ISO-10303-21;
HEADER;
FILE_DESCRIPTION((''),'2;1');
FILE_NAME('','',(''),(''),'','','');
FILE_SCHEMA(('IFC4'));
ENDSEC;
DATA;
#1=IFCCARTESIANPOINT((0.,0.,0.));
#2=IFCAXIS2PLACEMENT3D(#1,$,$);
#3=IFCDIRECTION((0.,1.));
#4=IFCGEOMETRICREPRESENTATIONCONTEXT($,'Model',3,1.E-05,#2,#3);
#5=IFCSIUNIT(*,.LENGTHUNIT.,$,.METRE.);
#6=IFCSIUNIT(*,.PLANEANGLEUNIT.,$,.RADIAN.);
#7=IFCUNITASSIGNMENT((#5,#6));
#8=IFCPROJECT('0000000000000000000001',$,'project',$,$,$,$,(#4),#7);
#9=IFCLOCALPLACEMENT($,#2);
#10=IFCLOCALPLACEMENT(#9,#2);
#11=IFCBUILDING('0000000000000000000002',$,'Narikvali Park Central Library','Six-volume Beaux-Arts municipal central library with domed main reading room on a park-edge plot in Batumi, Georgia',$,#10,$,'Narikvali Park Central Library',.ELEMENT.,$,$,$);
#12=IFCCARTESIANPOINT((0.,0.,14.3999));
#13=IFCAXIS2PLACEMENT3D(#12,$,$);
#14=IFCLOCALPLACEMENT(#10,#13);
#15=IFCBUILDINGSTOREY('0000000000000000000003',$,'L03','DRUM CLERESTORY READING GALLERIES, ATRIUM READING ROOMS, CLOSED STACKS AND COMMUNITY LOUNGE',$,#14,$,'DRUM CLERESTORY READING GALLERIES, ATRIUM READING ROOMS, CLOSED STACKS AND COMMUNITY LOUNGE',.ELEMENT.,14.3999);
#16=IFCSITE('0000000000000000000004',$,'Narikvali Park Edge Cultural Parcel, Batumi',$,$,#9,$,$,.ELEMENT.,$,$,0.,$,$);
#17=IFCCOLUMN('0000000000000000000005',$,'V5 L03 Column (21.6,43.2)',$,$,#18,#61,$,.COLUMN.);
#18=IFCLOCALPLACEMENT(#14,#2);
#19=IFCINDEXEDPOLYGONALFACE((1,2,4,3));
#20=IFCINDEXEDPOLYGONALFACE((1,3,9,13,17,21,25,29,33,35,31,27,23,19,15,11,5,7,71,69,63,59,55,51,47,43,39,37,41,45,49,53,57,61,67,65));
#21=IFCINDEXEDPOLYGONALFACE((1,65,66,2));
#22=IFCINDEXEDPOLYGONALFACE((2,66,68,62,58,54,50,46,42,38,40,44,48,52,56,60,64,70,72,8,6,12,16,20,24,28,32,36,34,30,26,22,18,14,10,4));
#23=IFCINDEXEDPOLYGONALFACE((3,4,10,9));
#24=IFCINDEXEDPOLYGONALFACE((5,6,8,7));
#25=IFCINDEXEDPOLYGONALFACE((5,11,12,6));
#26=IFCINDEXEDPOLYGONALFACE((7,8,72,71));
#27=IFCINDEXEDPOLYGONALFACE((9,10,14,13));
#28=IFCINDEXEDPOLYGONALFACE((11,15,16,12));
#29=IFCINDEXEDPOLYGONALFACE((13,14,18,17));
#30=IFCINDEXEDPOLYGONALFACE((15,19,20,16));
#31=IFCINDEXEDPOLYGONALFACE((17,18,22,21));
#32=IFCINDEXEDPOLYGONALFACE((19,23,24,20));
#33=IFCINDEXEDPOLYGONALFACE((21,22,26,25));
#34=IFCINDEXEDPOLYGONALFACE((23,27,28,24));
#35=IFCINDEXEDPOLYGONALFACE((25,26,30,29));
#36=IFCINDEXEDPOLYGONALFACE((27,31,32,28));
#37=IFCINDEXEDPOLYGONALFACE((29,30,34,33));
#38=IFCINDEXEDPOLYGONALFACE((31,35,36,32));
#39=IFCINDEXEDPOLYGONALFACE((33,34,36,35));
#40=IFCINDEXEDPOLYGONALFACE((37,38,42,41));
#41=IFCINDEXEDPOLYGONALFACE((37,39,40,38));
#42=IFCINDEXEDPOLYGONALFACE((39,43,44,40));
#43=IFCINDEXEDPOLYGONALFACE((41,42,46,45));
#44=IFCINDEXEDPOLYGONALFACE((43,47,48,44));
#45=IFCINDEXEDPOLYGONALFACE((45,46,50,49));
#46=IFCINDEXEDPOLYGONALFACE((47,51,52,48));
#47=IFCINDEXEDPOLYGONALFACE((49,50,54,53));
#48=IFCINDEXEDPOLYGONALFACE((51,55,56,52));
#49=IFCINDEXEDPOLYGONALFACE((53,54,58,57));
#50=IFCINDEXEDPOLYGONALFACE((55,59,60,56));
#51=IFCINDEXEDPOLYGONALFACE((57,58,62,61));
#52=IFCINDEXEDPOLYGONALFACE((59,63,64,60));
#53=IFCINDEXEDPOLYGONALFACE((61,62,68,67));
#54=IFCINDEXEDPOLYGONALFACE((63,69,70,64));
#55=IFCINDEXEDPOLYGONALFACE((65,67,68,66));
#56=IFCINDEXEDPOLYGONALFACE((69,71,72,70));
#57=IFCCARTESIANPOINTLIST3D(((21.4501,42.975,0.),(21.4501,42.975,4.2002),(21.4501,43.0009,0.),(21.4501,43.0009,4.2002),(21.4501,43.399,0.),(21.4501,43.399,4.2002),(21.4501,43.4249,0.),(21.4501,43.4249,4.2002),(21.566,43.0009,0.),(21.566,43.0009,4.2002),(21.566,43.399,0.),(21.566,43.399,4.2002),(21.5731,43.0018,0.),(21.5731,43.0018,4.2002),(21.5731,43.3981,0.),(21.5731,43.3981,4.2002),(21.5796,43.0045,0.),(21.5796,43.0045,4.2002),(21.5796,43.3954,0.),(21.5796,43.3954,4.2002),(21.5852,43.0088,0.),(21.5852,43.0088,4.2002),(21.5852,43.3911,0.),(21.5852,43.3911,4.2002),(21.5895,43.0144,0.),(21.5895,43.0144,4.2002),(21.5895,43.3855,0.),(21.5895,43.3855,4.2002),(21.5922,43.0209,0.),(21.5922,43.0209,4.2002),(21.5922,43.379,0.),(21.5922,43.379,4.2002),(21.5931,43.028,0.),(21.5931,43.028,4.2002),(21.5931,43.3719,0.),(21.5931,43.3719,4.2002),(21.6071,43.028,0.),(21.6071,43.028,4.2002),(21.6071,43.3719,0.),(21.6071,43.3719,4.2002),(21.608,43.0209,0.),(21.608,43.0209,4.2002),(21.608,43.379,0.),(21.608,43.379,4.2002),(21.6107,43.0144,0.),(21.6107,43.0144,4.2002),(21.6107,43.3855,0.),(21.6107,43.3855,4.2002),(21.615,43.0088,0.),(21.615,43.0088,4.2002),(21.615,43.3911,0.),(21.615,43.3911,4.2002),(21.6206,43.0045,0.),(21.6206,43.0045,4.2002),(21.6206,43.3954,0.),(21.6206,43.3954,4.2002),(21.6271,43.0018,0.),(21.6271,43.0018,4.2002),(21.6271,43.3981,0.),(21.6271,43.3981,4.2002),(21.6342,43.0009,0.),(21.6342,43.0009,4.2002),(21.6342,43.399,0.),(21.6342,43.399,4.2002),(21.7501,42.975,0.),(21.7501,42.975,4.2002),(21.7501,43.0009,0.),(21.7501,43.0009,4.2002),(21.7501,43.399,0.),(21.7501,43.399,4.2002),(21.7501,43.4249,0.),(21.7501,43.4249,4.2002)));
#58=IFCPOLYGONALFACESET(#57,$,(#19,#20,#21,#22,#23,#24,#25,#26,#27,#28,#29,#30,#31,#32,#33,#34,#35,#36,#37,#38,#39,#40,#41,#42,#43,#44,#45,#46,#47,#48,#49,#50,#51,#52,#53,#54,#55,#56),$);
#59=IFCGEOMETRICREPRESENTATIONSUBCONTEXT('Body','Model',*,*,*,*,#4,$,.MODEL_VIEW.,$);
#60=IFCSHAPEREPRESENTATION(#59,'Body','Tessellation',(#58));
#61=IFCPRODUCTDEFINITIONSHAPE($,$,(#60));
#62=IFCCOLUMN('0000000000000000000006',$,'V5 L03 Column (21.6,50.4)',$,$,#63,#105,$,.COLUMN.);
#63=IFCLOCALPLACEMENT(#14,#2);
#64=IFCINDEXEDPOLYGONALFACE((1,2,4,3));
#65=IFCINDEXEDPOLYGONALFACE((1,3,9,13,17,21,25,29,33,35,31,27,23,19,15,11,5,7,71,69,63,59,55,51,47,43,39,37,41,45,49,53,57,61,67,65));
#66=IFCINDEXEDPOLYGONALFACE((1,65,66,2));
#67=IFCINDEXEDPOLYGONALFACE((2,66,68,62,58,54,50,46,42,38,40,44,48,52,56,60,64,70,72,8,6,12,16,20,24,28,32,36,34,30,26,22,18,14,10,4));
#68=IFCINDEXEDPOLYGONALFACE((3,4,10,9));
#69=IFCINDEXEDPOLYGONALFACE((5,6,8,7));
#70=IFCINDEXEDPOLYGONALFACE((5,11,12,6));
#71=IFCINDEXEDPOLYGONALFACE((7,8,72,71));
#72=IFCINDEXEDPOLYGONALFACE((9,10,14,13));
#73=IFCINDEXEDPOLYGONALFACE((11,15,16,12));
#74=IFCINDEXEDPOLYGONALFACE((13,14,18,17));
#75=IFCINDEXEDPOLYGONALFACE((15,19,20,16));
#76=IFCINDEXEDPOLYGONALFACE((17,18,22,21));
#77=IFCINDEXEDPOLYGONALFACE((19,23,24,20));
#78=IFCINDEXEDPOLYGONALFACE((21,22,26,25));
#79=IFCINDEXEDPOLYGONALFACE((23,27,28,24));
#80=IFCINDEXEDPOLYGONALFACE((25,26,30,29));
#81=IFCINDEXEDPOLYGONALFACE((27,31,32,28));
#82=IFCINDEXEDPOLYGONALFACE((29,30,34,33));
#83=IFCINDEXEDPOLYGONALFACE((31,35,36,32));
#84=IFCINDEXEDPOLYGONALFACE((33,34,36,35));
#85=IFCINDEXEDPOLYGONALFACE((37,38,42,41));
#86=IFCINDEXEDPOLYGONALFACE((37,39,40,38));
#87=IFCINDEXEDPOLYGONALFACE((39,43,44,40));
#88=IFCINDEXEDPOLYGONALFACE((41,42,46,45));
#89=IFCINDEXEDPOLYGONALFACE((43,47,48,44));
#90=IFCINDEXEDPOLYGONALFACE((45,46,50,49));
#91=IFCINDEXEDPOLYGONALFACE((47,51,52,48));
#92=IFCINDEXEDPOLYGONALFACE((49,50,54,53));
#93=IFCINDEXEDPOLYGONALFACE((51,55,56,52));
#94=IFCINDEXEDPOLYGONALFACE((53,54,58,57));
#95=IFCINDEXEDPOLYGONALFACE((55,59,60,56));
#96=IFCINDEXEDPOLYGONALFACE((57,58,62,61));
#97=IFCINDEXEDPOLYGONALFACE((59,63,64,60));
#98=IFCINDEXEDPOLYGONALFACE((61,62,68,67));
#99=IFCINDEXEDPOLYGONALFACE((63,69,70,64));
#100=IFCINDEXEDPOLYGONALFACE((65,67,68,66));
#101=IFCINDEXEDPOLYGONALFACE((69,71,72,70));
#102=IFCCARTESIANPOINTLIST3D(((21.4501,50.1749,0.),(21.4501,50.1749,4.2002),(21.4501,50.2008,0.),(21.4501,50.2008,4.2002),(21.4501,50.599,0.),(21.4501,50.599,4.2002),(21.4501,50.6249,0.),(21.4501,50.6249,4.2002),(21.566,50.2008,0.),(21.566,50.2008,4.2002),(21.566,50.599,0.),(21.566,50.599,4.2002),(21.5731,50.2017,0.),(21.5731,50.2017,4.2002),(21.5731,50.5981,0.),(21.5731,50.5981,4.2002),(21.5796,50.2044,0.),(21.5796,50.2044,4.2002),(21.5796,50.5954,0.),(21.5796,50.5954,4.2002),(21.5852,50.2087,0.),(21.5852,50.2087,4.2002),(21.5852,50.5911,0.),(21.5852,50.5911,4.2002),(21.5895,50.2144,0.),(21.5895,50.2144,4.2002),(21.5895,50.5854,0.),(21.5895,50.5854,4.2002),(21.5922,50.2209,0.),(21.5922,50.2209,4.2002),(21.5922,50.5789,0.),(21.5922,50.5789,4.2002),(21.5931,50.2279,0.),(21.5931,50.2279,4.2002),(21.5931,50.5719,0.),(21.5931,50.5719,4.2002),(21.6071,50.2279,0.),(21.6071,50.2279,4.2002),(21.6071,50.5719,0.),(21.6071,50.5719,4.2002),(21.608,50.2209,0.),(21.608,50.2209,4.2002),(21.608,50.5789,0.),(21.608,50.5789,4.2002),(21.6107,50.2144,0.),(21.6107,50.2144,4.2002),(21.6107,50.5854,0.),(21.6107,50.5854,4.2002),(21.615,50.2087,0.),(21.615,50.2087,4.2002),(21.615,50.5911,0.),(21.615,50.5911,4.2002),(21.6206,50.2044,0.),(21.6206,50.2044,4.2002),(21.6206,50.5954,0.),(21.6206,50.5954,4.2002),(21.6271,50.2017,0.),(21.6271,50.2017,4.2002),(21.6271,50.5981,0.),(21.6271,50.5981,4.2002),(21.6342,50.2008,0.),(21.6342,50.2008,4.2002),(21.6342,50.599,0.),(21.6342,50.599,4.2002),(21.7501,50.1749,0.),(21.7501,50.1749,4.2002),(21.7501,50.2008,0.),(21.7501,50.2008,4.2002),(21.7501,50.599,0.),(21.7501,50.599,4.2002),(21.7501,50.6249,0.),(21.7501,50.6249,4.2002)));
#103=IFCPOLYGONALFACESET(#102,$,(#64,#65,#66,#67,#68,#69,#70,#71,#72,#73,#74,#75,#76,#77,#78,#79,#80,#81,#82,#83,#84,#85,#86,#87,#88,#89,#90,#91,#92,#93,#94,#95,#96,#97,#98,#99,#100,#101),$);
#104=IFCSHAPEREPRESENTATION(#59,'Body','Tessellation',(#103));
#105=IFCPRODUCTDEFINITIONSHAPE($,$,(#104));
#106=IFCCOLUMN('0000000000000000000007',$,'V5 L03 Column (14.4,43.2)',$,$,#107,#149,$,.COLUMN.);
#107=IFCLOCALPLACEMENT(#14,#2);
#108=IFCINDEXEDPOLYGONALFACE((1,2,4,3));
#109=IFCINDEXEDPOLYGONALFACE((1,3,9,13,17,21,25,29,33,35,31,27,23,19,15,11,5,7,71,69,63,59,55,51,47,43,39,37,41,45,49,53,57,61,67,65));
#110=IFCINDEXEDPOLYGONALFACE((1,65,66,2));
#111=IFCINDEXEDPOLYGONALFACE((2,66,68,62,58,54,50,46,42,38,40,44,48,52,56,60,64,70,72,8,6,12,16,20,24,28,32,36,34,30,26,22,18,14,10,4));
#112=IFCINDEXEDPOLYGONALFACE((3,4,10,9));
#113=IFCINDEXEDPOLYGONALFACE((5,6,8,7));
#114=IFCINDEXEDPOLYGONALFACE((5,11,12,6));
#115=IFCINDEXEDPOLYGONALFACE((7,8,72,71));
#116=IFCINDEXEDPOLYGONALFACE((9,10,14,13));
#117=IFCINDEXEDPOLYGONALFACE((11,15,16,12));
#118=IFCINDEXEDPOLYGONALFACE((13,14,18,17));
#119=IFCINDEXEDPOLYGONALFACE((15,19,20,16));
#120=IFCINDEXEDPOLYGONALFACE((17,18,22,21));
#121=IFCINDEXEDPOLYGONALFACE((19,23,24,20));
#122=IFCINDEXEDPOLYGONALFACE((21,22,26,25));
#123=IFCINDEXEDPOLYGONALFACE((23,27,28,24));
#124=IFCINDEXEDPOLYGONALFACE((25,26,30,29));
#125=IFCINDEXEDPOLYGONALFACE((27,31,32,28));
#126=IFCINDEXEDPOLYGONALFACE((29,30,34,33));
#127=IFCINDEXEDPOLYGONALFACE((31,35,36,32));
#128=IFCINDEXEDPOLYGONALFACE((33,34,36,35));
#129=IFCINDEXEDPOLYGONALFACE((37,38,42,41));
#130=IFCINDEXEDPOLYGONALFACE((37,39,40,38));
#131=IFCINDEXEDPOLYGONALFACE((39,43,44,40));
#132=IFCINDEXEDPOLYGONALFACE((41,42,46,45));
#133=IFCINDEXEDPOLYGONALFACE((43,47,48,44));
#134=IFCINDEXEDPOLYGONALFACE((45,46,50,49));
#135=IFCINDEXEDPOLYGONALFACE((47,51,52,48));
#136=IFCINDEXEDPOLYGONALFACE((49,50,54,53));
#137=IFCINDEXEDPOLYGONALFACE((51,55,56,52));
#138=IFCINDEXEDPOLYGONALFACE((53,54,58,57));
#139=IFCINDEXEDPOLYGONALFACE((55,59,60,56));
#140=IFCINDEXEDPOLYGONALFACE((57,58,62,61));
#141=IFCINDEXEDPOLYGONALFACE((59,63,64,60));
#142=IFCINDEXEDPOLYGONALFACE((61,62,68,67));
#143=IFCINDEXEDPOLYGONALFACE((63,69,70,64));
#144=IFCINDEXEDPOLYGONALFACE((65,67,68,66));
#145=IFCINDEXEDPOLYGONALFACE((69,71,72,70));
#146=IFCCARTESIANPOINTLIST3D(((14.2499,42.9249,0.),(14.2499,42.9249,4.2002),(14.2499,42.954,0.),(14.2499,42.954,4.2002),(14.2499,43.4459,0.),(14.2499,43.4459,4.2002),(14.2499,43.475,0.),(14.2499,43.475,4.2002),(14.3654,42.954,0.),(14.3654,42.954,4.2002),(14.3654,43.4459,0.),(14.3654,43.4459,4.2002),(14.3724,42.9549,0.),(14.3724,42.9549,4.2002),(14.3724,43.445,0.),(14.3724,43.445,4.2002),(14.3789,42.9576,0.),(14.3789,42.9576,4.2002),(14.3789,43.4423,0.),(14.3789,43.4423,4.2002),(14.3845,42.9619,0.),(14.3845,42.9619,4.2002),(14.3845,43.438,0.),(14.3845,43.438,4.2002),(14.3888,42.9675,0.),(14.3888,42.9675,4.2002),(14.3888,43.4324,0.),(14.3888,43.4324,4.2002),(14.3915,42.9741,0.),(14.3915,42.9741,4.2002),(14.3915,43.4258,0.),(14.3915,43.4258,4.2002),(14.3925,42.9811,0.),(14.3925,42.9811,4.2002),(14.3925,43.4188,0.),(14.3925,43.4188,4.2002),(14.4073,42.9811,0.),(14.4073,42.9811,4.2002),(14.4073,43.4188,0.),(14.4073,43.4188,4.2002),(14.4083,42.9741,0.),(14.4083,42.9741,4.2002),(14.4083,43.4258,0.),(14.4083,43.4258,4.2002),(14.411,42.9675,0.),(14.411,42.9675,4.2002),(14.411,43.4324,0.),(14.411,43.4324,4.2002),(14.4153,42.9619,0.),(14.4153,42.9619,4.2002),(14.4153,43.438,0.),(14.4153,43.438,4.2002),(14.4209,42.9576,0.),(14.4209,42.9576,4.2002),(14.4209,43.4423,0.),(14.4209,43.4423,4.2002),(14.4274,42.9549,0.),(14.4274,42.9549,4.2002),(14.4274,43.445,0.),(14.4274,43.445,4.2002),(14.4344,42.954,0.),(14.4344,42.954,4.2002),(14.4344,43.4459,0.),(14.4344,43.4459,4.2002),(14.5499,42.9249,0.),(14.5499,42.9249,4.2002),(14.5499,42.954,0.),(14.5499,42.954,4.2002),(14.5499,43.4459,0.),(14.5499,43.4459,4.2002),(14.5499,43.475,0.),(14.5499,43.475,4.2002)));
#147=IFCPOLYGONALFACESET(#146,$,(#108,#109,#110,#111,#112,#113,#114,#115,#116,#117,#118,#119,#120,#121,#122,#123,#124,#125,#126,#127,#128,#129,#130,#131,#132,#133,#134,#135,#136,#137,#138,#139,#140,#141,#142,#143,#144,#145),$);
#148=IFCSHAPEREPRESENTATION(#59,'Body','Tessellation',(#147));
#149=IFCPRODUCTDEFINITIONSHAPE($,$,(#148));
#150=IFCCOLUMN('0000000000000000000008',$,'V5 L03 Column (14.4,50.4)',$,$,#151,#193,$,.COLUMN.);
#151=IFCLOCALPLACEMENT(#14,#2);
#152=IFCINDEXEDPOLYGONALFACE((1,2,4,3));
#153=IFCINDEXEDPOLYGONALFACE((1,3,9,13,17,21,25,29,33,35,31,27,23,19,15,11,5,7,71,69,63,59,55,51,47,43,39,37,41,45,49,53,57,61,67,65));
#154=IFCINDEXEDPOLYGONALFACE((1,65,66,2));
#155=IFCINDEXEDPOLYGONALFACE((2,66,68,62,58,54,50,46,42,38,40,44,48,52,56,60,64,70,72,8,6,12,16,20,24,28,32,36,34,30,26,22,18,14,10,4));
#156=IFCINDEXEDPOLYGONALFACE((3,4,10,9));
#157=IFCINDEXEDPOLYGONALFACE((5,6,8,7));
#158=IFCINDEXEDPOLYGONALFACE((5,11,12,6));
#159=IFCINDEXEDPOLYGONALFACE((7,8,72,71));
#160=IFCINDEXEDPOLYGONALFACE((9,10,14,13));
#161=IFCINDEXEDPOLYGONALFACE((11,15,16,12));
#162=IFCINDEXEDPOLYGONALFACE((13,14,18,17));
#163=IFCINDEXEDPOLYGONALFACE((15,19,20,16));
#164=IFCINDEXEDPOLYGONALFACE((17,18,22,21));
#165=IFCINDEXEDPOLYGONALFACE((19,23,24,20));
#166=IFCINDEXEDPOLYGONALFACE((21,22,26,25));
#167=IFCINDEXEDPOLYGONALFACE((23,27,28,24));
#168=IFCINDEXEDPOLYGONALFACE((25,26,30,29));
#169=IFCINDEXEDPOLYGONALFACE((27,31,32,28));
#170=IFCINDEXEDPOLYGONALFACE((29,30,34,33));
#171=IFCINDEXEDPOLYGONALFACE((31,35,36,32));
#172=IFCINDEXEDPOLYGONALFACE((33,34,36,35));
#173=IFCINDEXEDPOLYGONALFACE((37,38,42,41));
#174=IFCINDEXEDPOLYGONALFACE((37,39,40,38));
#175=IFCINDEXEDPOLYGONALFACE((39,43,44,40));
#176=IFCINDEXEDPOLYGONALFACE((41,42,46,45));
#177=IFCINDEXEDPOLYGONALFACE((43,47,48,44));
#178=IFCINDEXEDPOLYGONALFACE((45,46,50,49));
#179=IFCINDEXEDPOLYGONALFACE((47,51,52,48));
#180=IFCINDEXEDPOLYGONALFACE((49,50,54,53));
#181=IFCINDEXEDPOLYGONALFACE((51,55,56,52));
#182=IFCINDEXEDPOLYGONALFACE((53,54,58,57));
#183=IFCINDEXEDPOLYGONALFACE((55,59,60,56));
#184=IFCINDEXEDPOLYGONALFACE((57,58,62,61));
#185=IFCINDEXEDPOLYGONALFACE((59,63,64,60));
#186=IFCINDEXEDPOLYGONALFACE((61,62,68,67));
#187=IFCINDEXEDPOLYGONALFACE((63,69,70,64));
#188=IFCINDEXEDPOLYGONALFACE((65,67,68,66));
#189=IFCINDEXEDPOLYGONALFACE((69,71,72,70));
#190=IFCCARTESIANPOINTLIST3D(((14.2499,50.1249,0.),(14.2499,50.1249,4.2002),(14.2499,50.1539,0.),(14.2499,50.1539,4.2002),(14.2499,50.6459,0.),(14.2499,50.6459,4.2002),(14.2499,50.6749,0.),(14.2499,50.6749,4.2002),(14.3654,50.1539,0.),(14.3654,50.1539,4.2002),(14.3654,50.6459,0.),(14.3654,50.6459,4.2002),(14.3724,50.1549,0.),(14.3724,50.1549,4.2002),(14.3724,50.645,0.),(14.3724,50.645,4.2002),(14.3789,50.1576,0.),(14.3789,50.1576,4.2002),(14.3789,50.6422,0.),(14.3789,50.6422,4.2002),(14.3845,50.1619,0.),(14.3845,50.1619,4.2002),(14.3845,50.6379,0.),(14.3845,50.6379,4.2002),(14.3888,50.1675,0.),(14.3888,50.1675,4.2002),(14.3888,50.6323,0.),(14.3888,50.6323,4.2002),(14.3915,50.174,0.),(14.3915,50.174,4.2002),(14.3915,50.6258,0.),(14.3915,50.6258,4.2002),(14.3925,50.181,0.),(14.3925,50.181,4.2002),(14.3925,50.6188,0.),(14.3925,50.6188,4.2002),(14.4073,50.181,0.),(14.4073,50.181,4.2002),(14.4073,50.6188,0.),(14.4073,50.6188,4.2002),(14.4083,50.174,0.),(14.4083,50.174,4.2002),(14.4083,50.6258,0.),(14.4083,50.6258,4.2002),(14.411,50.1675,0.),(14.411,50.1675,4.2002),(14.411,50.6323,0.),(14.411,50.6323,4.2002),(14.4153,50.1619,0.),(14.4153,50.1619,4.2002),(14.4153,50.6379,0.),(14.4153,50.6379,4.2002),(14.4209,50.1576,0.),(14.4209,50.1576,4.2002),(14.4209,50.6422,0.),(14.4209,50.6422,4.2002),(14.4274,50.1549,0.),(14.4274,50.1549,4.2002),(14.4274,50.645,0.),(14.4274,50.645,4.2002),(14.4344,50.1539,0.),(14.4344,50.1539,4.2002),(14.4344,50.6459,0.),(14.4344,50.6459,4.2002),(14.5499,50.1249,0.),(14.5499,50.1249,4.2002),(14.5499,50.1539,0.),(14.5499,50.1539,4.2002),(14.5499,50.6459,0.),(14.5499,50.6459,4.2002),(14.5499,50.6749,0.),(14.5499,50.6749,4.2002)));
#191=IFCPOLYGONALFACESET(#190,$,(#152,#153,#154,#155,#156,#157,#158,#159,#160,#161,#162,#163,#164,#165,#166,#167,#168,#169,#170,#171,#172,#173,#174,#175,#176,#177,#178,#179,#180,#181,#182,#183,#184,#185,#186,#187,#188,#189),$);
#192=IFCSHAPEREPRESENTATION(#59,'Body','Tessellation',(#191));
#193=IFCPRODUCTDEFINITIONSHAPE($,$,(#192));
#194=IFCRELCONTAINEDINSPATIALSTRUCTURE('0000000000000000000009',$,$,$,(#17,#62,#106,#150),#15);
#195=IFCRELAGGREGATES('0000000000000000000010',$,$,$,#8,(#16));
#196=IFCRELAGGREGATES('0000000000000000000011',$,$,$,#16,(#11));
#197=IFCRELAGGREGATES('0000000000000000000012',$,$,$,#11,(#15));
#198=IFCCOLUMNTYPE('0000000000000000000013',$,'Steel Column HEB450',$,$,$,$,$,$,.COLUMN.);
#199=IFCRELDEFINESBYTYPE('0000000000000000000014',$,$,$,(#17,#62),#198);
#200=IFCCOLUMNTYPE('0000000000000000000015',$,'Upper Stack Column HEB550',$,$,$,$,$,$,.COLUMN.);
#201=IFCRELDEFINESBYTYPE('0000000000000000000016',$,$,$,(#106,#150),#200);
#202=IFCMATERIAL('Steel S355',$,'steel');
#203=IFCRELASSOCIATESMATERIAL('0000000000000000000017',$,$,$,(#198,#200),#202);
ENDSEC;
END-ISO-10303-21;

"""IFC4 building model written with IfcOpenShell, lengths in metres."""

from ifc_helpers import new_model, si_unit, direction, frame, origin, origin_2d, place, context, subcontext, project, spatial, i_section, extrude, material, material_profile, profile_set, type_object, element, save


model = new_model("IFC4")

# Units and contexts
model_context = context("Model", 3, precision=1e-05, world=origin(), true_north=direction((0.0, 1.0)))
body_context = subcontext(model_context, "Body", "Model", "MODEL_VIEW")
ifc_project = project(units=[si_unit("LENGTHUNIT", "METRE"), si_unit("PLANEANGLEUNIT", "RADIAN")], contexts=[model_context])

# Site, building, storey
site_placement = place(None, origin())
site = spatial("IfcSite", under=ifc_project, at=site_placement, Name="Narikvali Park Edge Cultural Parcel, Batumi", CompositionType="ELEMENT", RefElevation=0.0)
building_placement = place(site_placement, origin())
building = spatial("IfcBuilding", under=site, at=building_placement, Name="Narikvali Park Central Library", Description="Six-volume Beaux-Arts municipal central library with domed main reading room on a park-edge plot in Batumi, Georgia", LongName="Narikvali Park Central Library", CompositionType="ELEMENT")
storey_placement = place(building_placement, frame((0.0, 0.0, 14.3999)))
storey = spatial("IfcBuildingStorey", under=building, at=storey_placement, Name="L03", Description="DRUM CLERESTORY READING GALLERIES, ATRIUM READING ROOMS, CLOSED STACKS AND COMMUNITY LOUNGE", LongName="DRUM CLERESTORY READING GALLERIES, ATRIUM READING ROOMS, CLOSED STACKS AND COMMUNITY LOUNGE", CompositionType="ELEMENT", Elevation=14.3999)

# Columns
ifc_material_1 = material(Name="Steel S355", Category="steel")
ifc_material_profile_1 = material_profile(ifc_material_1, i_section(OverallWidth=0.3, OverallDepth=0.45, WebThickness=0.0139, FlangeThickness=0.0259, FilletRadius=0.0271, at=origin_2d()), Name="HEB 450")
ifc_profile_set_1 = profile_set([ifc_material_profile_1], Name="Steel S355")
column_type_1 = type_object("IfcColumnType", Name="Steel Column HEB450", PredefinedType="COLUMN", material=ifc_profile_set_1)
for number, where, z_axis, x_axis, name in (
    (1, (21.6001, 43.2, 0.0), (0.0, 0.0, 1.0), (1.0, 0.0, 0.0), "V5 L03 Column (21.6,43.2)"),
    (2, (21.6001, 50.3999, 0.0), (0.0, 0.0, 1.0), (1.0, 0.0, 0.0), "V5 L03 Column (21.6,50.4)"),
):
    element("IfcColumn", number, at=place(storey_placement, frame(where, z_axis=z_axis, x_axis=x_axis)), inside=storey, type_object=column_type_1, Name=name, PredefinedType="COLUMN", context=body_context, shape_type="SweptSolid", body=[
        extrude(i_section(OverallWidth=0.3, OverallDepth=0.45, WebThickness=0.0139, FlangeThickness=0.0259, FilletRadius=0.0271, at=origin_2d()), origin(), (0.0, 0.0, 1.0), 4.2002),
    ])
ifc_material_profile_2 = material_profile(ifc_material_1, i_section(OverallWidth=0.3, OverallDepth=0.55, WebThickness=0.0149, FlangeThickness=0.0291, FilletRadius=0.0271, at=origin_2d()), Name="HEB 550")
ifc_profile_set_2 = profile_set([ifc_material_profile_2], Name="Steel S355")
column_type_2 = type_object("IfcColumnType", Name="Upper Stack Column HEB550", PredefinedType="COLUMN", material=ifc_profile_set_2)
for number, where, z_axis, x_axis, name in (
    (3, (14.3999, 43.2, 0.0), (0.0, 0.0, 1.0), (1.0, 0.0, 0.0), "V5 L03 Column (14.4,43.2)"),
    (4, (14.3999, 50.3999, 0.0), (0.0, 0.0, 1.0), (1.0, 0.0, 0.0), "V5 L03 Column (14.4,50.4)"),
):
    element("IfcColumn", number, at=place(storey_placement, frame(where, z_axis=z_axis, x_axis=x_axis)), inside=storey, type_object=column_type_2, Name=name, PredefinedType="COLUMN", context=body_context, shape_type="SweptSolid", body=[
        extrude(i_section(OverallWidth=0.3, OverallDepth=0.55, WebThickness=0.0149, FlangeThickness=0.0291, FilletRadius=0.0271, at=origin_2d()), origin(), (0.0, 0.0, 1.0), 4.2002),
    ])

save(model, "model.ifc")
